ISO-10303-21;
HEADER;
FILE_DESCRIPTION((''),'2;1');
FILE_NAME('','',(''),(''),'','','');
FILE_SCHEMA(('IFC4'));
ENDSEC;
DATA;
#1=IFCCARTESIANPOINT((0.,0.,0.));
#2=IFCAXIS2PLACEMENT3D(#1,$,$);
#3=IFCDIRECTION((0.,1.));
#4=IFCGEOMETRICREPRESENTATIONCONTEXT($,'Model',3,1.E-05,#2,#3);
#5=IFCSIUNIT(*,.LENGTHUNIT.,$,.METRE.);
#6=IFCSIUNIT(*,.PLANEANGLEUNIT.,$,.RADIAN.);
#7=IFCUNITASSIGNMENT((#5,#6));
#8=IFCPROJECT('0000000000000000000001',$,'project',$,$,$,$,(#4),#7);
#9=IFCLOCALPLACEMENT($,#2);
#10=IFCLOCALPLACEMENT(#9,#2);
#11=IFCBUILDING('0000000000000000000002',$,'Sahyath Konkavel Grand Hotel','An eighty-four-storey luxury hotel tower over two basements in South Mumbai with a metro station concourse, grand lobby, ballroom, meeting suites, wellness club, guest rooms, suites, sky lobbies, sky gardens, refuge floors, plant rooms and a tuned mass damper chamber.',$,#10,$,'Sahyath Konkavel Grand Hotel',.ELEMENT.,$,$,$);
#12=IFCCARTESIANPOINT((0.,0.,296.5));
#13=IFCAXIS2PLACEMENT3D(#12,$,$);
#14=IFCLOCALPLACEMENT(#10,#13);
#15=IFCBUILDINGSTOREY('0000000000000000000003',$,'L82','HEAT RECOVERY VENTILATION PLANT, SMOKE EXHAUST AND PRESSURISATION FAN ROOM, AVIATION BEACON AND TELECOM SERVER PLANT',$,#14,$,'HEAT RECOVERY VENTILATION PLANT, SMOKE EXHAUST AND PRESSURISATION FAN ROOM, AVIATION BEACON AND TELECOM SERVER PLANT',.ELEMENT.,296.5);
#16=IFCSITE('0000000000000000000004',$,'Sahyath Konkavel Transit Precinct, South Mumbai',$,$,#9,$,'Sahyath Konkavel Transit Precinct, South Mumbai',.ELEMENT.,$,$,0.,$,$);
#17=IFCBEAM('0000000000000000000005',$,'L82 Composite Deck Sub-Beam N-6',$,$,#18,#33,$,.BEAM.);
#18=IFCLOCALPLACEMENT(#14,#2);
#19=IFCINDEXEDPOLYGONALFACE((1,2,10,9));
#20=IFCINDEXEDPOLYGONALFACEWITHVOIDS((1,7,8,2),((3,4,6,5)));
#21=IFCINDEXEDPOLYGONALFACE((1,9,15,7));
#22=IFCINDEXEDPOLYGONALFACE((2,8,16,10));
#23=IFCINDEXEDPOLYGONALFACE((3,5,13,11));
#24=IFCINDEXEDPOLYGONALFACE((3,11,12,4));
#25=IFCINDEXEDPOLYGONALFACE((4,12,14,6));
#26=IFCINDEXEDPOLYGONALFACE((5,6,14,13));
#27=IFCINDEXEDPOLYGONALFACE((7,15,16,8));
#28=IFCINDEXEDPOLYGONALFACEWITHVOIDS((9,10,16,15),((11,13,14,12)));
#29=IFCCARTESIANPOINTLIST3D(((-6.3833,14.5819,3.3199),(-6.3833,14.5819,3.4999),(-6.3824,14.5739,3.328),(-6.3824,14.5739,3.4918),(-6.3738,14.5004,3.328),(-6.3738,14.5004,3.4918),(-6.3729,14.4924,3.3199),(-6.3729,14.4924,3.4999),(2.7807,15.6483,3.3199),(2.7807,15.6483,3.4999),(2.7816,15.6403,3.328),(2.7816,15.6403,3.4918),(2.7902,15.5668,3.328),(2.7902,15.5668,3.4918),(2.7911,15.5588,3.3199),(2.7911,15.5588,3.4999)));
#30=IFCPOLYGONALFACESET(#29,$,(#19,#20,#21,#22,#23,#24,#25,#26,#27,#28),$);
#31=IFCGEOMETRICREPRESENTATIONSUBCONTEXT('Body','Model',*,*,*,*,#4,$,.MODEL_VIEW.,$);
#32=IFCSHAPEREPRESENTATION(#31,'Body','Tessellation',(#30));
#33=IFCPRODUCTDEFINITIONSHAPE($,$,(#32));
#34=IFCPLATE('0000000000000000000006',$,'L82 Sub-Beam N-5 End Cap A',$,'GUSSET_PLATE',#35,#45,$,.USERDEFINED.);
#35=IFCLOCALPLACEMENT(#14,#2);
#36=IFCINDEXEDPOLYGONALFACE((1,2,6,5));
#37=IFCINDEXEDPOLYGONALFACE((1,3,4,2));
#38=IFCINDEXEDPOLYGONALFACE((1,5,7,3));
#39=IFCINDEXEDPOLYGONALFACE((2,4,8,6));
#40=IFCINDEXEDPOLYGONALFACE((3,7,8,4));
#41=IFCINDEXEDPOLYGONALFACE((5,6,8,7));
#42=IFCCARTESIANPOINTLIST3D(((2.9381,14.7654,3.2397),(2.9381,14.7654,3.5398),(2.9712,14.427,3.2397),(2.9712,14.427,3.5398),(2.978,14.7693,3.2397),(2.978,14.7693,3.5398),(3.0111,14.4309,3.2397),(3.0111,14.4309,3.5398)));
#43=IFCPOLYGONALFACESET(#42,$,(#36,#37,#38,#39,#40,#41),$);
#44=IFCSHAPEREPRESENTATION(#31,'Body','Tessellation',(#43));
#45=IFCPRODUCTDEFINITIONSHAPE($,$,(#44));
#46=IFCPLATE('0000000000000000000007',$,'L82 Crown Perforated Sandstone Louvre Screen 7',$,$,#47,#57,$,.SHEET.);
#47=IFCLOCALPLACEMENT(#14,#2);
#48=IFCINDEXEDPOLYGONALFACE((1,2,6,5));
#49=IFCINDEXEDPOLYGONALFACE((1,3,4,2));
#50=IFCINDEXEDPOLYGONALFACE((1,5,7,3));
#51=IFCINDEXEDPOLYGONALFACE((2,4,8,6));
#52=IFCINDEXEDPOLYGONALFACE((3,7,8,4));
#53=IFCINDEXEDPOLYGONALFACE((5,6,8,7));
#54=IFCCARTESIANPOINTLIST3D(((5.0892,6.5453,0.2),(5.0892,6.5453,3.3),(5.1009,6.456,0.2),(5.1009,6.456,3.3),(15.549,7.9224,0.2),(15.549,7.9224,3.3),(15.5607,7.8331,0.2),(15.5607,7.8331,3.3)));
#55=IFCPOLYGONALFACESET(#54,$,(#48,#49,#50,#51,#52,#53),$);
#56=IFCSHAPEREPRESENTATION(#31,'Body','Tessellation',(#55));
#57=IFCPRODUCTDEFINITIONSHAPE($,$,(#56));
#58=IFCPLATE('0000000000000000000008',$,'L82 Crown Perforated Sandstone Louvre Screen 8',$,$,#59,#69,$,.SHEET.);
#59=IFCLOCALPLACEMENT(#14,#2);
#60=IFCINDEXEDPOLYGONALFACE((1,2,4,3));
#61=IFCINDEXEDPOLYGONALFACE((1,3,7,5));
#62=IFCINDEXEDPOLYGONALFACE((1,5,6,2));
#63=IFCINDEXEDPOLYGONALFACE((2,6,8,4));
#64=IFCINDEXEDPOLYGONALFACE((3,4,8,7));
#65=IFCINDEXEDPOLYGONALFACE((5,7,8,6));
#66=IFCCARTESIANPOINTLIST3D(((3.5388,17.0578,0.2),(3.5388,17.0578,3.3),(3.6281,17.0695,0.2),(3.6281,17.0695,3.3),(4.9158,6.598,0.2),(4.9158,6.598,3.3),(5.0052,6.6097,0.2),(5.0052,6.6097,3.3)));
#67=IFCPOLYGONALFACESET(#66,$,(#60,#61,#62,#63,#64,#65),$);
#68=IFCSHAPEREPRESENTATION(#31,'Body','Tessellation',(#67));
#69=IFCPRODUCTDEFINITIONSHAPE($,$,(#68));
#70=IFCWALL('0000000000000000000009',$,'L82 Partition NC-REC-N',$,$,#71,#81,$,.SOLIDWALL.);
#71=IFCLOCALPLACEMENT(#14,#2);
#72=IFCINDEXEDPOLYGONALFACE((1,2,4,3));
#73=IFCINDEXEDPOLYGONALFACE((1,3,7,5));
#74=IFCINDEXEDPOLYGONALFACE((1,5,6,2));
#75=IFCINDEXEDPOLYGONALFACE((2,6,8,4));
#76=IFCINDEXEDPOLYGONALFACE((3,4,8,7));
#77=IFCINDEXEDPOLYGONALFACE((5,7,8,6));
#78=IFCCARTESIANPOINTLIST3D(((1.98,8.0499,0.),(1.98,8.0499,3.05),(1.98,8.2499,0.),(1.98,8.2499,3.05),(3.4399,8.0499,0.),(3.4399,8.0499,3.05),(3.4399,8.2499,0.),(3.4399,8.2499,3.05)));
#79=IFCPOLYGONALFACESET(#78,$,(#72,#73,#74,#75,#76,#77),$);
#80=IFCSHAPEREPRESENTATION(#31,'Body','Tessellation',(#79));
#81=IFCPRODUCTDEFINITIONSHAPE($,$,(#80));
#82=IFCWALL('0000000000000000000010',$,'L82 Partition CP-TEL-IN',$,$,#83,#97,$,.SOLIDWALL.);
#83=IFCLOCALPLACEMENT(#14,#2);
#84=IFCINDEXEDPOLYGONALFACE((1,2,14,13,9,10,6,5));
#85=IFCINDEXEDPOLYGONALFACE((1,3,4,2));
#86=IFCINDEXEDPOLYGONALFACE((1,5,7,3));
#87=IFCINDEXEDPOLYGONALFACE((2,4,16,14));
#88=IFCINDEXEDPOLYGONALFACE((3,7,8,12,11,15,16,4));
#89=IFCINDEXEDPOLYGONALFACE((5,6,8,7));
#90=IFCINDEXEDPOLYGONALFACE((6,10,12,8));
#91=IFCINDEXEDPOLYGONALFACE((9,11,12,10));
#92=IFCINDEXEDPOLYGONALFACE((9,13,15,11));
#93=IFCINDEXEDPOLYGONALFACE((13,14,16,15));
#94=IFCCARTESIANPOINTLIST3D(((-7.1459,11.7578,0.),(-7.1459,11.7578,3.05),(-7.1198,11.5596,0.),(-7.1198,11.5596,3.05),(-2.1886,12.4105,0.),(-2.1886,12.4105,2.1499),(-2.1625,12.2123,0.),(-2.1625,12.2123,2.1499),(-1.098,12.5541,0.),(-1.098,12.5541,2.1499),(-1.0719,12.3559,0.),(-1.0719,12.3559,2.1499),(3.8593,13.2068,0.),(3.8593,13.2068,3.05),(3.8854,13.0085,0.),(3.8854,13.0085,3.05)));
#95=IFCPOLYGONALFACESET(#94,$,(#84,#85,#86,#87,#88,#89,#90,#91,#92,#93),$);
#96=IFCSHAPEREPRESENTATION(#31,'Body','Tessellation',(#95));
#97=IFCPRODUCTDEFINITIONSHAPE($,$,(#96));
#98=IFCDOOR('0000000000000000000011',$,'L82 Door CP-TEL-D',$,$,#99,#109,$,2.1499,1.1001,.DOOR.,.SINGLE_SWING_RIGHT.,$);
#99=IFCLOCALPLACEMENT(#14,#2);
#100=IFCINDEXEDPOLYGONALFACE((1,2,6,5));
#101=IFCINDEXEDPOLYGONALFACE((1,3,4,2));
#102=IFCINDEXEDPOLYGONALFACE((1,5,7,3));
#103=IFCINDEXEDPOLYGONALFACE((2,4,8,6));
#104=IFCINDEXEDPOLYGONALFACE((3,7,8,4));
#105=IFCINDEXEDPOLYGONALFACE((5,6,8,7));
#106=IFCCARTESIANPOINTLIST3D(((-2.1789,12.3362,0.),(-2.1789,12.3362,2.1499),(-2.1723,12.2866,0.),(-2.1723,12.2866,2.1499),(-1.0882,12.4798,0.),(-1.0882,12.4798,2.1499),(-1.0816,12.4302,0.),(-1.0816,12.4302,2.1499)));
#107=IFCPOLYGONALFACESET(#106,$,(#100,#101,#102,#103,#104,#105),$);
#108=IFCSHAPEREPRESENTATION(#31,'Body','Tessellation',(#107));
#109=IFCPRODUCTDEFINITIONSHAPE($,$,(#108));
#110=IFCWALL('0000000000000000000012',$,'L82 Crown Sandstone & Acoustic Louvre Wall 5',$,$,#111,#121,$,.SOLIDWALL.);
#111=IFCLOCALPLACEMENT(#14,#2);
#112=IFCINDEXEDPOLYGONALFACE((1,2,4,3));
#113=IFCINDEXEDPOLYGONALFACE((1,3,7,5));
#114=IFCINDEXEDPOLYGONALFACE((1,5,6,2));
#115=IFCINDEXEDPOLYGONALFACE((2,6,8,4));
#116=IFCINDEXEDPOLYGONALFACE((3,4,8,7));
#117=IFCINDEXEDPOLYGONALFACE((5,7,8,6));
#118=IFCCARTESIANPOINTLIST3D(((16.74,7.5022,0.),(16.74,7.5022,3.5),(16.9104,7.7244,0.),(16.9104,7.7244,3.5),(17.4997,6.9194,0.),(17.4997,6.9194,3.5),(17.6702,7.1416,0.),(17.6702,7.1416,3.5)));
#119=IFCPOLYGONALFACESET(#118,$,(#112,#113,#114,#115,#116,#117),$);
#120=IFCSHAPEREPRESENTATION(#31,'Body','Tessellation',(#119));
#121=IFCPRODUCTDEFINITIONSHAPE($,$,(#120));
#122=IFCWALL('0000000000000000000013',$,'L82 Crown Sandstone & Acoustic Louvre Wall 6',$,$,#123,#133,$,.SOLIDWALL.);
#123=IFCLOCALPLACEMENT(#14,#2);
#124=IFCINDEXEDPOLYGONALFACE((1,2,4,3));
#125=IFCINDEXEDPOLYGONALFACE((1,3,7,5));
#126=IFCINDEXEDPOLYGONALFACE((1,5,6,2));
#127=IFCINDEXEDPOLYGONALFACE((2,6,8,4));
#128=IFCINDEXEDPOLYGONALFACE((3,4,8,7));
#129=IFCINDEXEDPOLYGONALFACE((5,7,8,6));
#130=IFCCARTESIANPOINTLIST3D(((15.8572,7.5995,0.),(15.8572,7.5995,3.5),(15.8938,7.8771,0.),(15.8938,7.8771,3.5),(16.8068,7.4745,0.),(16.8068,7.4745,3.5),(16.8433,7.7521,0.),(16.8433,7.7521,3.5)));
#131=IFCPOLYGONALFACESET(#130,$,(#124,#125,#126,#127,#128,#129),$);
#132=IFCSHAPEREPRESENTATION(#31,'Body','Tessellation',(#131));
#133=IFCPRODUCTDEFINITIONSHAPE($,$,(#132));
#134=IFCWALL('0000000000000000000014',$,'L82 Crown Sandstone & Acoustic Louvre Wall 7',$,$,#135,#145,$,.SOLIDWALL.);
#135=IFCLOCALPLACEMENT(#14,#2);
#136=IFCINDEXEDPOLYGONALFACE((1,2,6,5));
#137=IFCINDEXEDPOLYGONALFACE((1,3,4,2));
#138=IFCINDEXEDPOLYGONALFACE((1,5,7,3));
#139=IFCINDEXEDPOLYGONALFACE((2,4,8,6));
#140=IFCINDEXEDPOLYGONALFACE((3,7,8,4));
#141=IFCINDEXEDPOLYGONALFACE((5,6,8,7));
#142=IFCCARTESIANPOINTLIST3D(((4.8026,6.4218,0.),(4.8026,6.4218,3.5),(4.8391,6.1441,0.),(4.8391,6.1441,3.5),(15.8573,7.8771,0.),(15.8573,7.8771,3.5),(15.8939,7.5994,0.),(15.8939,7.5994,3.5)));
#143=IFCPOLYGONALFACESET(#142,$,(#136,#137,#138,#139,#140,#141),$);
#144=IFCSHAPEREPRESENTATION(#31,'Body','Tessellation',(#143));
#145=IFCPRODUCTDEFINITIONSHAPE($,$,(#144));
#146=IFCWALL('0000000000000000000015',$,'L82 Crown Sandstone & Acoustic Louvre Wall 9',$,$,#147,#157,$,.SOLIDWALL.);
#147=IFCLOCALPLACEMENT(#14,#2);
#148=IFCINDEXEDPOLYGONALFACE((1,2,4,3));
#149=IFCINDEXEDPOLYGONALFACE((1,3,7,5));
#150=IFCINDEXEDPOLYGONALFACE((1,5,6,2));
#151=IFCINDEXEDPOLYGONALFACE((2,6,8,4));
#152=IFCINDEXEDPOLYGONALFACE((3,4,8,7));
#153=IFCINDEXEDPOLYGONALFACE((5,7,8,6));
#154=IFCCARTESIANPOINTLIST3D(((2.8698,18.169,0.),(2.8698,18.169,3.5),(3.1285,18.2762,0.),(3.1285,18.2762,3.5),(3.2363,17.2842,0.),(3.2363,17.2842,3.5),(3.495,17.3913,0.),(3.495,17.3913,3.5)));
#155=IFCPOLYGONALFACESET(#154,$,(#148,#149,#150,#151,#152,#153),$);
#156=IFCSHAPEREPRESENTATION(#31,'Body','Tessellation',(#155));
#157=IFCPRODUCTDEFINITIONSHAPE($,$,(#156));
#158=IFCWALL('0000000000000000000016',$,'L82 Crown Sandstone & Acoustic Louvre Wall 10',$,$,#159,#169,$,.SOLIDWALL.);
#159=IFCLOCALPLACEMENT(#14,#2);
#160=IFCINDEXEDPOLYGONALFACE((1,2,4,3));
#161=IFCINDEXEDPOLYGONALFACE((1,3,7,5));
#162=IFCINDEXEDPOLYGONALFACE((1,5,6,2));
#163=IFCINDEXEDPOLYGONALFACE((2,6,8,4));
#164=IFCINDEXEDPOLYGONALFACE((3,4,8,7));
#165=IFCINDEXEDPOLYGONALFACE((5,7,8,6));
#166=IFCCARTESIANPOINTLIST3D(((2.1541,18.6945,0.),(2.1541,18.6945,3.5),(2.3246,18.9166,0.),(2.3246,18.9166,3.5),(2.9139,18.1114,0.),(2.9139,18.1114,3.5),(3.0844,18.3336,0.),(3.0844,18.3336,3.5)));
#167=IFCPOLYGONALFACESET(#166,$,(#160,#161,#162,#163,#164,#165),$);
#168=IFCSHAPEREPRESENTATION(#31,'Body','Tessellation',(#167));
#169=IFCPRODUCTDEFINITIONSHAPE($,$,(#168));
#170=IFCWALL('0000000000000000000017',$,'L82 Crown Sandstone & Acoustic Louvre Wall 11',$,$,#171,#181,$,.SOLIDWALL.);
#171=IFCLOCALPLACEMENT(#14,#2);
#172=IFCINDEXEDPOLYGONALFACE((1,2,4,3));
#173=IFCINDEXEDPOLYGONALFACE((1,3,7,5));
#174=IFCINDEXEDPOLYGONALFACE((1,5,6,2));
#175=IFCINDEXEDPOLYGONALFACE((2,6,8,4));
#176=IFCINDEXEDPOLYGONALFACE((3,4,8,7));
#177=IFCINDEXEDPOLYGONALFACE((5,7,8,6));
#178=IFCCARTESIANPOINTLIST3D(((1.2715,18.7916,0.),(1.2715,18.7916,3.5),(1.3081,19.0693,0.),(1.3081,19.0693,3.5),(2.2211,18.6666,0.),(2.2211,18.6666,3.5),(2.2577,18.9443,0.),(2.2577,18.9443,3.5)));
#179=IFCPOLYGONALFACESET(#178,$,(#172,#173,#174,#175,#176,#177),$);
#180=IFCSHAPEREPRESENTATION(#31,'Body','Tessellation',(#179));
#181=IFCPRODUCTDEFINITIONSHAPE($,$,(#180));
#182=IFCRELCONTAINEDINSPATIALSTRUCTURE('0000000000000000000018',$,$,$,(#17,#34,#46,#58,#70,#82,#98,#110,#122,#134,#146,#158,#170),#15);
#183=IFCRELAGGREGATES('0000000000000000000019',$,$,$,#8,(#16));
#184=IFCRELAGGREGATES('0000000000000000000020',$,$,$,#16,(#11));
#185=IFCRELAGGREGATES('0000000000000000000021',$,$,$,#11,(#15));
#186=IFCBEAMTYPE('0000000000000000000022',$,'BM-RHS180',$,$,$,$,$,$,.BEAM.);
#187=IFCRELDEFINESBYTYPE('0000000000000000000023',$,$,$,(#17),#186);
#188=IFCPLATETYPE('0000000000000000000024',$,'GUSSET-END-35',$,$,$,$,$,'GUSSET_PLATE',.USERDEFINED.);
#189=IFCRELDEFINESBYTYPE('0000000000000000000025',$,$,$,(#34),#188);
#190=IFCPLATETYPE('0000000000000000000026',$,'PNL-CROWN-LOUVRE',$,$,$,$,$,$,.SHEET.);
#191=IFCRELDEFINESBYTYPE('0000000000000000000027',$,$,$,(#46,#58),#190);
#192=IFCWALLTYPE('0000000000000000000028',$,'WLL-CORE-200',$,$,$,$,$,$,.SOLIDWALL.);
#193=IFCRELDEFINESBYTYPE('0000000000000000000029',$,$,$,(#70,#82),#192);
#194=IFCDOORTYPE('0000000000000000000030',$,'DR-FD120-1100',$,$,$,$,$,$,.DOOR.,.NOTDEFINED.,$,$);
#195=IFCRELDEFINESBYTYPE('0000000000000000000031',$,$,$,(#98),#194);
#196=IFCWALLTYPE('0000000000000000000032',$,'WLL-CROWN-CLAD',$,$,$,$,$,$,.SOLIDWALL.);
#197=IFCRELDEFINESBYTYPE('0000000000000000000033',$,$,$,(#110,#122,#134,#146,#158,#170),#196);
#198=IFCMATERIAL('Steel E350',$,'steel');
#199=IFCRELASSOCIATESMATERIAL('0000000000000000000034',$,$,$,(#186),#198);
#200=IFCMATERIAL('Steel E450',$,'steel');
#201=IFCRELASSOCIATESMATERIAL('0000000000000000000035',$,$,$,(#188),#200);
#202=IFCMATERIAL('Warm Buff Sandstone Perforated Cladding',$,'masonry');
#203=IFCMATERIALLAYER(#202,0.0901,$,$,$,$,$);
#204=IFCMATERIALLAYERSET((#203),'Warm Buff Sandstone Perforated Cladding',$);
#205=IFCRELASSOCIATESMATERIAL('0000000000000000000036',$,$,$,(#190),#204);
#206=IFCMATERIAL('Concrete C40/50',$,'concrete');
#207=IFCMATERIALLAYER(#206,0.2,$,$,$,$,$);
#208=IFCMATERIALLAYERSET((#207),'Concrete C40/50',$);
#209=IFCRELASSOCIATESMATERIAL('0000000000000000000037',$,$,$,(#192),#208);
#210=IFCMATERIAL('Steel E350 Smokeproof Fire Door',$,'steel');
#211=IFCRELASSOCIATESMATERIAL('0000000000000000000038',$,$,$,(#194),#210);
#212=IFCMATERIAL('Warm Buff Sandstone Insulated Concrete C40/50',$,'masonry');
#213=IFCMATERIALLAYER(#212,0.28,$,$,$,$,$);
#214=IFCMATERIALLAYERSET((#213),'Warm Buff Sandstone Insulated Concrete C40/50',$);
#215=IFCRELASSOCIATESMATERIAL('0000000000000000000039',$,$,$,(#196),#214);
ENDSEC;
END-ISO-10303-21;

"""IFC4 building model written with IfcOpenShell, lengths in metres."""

from ifc_helpers import new_model, si_unit, direction, frame, frame_2d, origin, origin_2d, place, context, subcontext, project, spatial, rectangle, hollow_rectangle, extrude, source, transform, mapped, material, layer, layer_set, material_profile, profile_set, type_object, element, fill, save


model = new_model("IFC4")

# Units and contexts
model_context = context("Model", 3, precision=1e-05, world=origin(), true_north=direction((0.0, 1.0)))
body_context = subcontext(model_context, "Body", "Model", "MODEL_VIEW")
ifc_project = project(units=[si_unit("LENGTHUNIT", "METRE"), si_unit("PLANEANGLEUNIT", "RADIAN")], contexts=[model_context])

# Site, building, storey
site_placement = place(None, origin())
site = spatial("IfcSite", under=ifc_project, at=site_placement, Name="Sahyath Konkavel Transit Precinct, South Mumbai", LongName="Sahyath Konkavel Transit Precinct, South Mumbai", CompositionType="ELEMENT", RefElevation=0.0)
building_placement = place(site_placement, origin())
building = spatial("IfcBuilding", under=site, at=building_placement, Name="Sahyath Konkavel Grand Hotel", Description="An eighty-four-storey luxury hotel tower over two basements in South Mumbai with a metro station concourse, grand lobby, ballroom, meeting suites, wellness club, guest rooms, suites, sky lobbies, sky gardens, refuge floors, plant rooms and a tuned mass damper chamber.", LongName="Sahyath Konkavel Grand Hotel", CompositionType="ELEMENT")
storey_placement = place(building_placement, frame((0.0, 0.0, 296.5)))
storey = spatial("IfcBuildingStorey", under=building, at=storey_placement, Name="L82", Description="HEAT RECOVERY VENTILATION PLANT, SMOKE EXHAUST AND PRESSURISATION FAN ROOM, AVIATION BEACON AND TELECOM SERVER PLANT", LongName="HEAT RECOVERY VENTILATION PLANT, SMOKE EXHAUST AND PRESSURISATION FAN ROOM, AVIATION BEACON AND TELECOM SERVER PLANT", CompositionType="ELEMENT", Elevation=296.5)

# Shared definitions
ifc_material_1 = material(Name="Concrete C40/50", Category="concrete")

# Beam
ifc_material_2 = material(Name="Steel E350", Category="steel")
ifc_material_profile_1 = material_profile(ifc_material_2, hollow_rectangle(XDim=0.0901, YDim=0.1799, WallThickness=0.0081, at=origin_2d()), Name="RHS 180x90x8")
ifc_profile_set_1 = profile_set([ifc_material_profile_1], Name="Steel E350")
beam_type_1 = type_object("IfcBeamType", Name="BM-RHS180", PredefinedType="BEAM", material=ifc_profile_set_1)
shared_shape_1 = source(origin(), body_context, "Body", "SweptSolid", [
    extrude(hollow_rectangle(XDim=0.0901, YDim=0.1799, WallThickness=0.0081, at=origin_2d()), origin(), (0.0, 0.0, 1.0), 9.2258),
])
beam_1_placement = place(storey_placement, frame((2.7859, 15.6035, 3.4099), z_axis=(-0.993297, -0.115588, 0.0), x_axis=(0.115588, -0.993297, 0.0)))
element("IfcBeam", 1, at=beam_1_placement, inside=storey, type_object=beam_type_1, Name="L82 Composite Deck Sub-Beam N-6", PredefinedType="BEAM", context=body_context, shape_type="MappedRepresentation", body=[
    mapped(shared_shape_1, transform((0.0, 0.0, 0.0), scale=1.0)),
])

# Plates
ifc_material_3 = material(Name="Steel E450", Category="steel")
plate_type_1 = type_object("IfcPlateType", Name="GUSSET-END-35", ElementType="GUSSET_PLATE", PredefinedType="USERDEFINED", material=ifc_material_3)
shared_shape_2 = source(origin(), body_context, "Body", "SweptSolid", [
    extrude(rectangle(XDim=0.04, YDim=0.3401, at=origin_2d()), origin(), (0.0, 0.0, 1.0), 0.3),
])
plate_placement = place(storey_placement, frame((2.9746, 14.5981, 3.2397), z_axis=(0.0, 0.0, 1.0), x_axis=(-0.99525, -0.097357, 0.0)))
element("IfcPlate", 2, at=plate_placement, inside=storey, type_object=plate_type_1, Name="L82 Sub-Beam N-5 End Cap A", ObjectType="GUSSET_PLATE", PredefinedType="USERDEFINED", context=body_context, shape_type="MappedRepresentation", body=[
    mapped(shared_shape_2, transform((0.0, 0.0, 0.0), scale=1.0)),
])
ifc_material_4 = material(Name="Warm Buff Sandstone Perforated Cladding", Category="masonry")
ifc_layer_1 = layer(ifc_material_4, 0.0901)
ifc_layer_set_1 = layer_set([ifc_layer_1], Name="Warm Buff Sandstone Perforated Cladding")
plate_type_2 = type_object("IfcPlateType", Name="PNL-CROWN-LOUVRE", PredefinedType="SHEET", material=ifc_layer_set_1)
shared_shape_3 = source(origin(), body_context, "Body", "SweptSolid", [
    extrude(rectangle(XDim=10.55, YDim=0.0901, at=origin_2d()), origin(), (0.0, 0.0, 1.0), 3.1001),
])
for number, where, z_axis, x_axis, name in (
    (3, (10.325, 7.1892, 0.2), (0.0, 0.0, 1.0), (-0.991445, -0.130526, 0.0), "L82 Crown Perforated Sandstone Louvre Screen 7"),
    (4, (4.272, 11.8337, 0.2), (0.0, 0.0, 1.0), (-0.130526, 0.991445, 0.0), "L82 Crown Perforated Sandstone Louvre Screen 8"),
):
    element("IfcPlate", number, at=place(storey_placement, frame(where, z_axis=z_axis, x_axis=x_axis)), inside=storey, type_object=plate_type_2, Name=name, PredefinedType="SHEET", context=body_context, shape_type="MappedRepresentation", body=[
        mapped(shared_shape_3, transform((0.0, 0.0, 0.0), scale=1.0)),
    ])

# Wall
ifc_layer_2 = layer(ifc_material_1, 0.2)
ifc_layer_set_2 = layer_set([ifc_layer_2], Name="Concrete C40/50")
wall_type_1 = type_object("IfcWallType", Name="WLL-CORE-200", PredefinedType="SOLIDWALL", material=ifc_layer_set_2)
wall_1_placement = place(storey_placement, frame((1.98, 8.1499, 0.0), z_axis=(0.0, 0.0, 1.0), x_axis=(1.0, 0.0, 0.0)))
element("IfcWall", 5, at=wall_1_placement, inside=storey, type_object=wall_type_1, Name="L82 Partition NC-REC-N", PredefinedType="SOLIDWALL", context=body_context, shape_type="SweptSolid", body=[
    extrude(rectangle(XDim=1.46, YDim=0.2, at=frame_2d((0.73, 0.0))), origin(), (0.0, 0.0, 1.0), 3.05),
])

# Wall, opening, door
wall_2_placement = place(storey_placement, frame((3.8723, 13.1077, 0.0), z_axis=(0.0, 0.0, 1.0), x_axis=(-0.991443, -0.130537, 0.0)))
wall_2 = element("IfcWall", 6, at=wall_2_placement, inside=storey, type_object=wall_type_1, Name="L82 Partition CP-TEL-IN", PredefinedType="SOLIDWALL", context=body_context, shape_type="SweptSolid", body=[
    extrude(rectangle(XDim=11.1001, YDim=0.2, at=frame_2d((5.55, 0.0))), origin(), (0.0, 0.0, 1.0), 3.05),
])
opening_placement = place(wall_2_placement, frame((5.0, 0.0, 0.0)))
opening = element("IfcOpeningElement", 7, at=opening_placement, cuts=wall_2, PredefinedType="OPENING", context=body_context, shape_type="SweptSolid", body=[
    extrude(rectangle(XDim=1.1001, YDim=2.1499, at=frame_2d((0.55, 1.075))), frame((0.0, 0.1099, 0.0), z_axis=(0.0, -1.0, 0.0), x_axis=(1.0, 0.0, 0.0)), (0.0, 0.0, 1.0), 0.22),
])
ifc_material_5 = material(Name="Steel E350 Smokeproof Fire Door", Category="steel")
door_type = type_object("IfcDoorType", Name="DR-FD120-1100", OperationType="NOTDEFINED", PredefinedType="DOOR", material=ifc_material_5)
shared_shape_4 = source(origin(), body_context, "Body", "SweptSolid", [
    extrude(rectangle(XDim=1.1001, YDim=0.05, at=origin_2d()), origin(), (0.0, 0.0, 1.0), 2.1499),
])
door_placement = place(opening_placement, frame((0.55, 0.0, 0.0)))
door = element("IfcDoor", 8, at=door_placement, inside=storey, type_object=door_type, Name="L82 Door CP-TEL-D", OperationType="SINGLE_SWING_RIGHT", OverallHeight=2.1499, OverallWidth=1.1001, PredefinedType="DOOR", context=body_context, shape_type="MappedRepresentation", body=[
    mapped(shared_shape_4, transform((0.0, 0.0, 0.0), scale=1.0)),
])
fill(opening, door)

# Walls
ifc_material_6 = material(Name="Warm Buff Sandstone Insulated Concrete C40/50", Category="masonry")
ifc_layer_3 = layer(ifc_material_6, 0.28)
ifc_layer_set_3 = layer_set([ifc_layer_3], Name="Warm Buff Sandstone Insulated Concrete C40/50")
wall_type_2 = type_object("IfcWallType", Name="WLL-CROWN-CLAD", PredefinedType="SOLIDWALL", material=ifc_layer_set_3)
wall_3_placement = place(storey_placement, frame((17.585, 7.0305, 0.0), z_axis=(0.0, 0.0, 1.0), x_axis=(-0.793467, 0.608614, 0.0)))
element("IfcWall", 9, at=wall_3_placement, inside=storey, type_object=wall_type_2, Name="L82 Crown Sandstone & Acoustic Louvre Wall 5", PredefinedType="SOLIDWALL", context=body_context, shape_type="SweptSolid", body=[
    extrude(rectangle(XDim=0.9575, YDim=0.28, at=frame_2d((0.4788, 0.0))), origin(), (0.0, 0.0, 1.0), 3.5),
])
wall_4_placement = place(storey_placement, frame((16.8252, 7.6133, 0.0), z_axis=(0.0, 0.0, 1.0), x_axis=(-0.991445, 0.130527, 0.0)))
element("IfcWall", 10, at=wall_4_placement, inside=storey, type_object=wall_type_2, Name="L82 Crown Sandstone & Acoustic Louvre Wall 6", PredefinedType="SOLIDWALL", context=body_context, shape_type="SweptSolid", body=[
    extrude(rectangle(XDim=0.9578, YDim=0.28, at=frame_2d((0.479, 0.0))), origin(), (0.0, 0.0, 1.0), 3.5),
])
wall_5_placement = place(storey_placement, frame((15.8757, 7.7383, 0.0), z_axis=(0.0, 0.0, 1.0), x_axis=(-0.991445, -0.130521, 0.0)))
element("IfcWall", 11, at=wall_5_placement, inside=storey, type_object=wall_type_2, Name="L82 Crown Sandstone & Acoustic Louvre Wall 7", PredefinedType="SOLIDWALL", context=body_context, shape_type="SweptSolid", body=[
    extrude(rectangle(XDim=11.1501, YDim=0.28, at=frame_2d((5.5752, 0.0))), origin(), (0.0, 0.0, 1.0), 3.5),
])
for number, where, z_axis, x_axis, name in (
    (12, (3.3657, 17.3376, 0.0), (0.0, 0.0, 1.0), (-0.38266, 0.923889, 0.0), "L82 Crown Sandstone & Acoustic Louvre Wall 9"),
    (13, (2.9993, 18.2224, 0.0), (0.0, 0.0, 1.0), (-0.793344, 0.608774, 0.0), "L82 Crown Sandstone & Acoustic Louvre Wall 10"),
    (14, (2.2395, 18.8054, 0.0), (0.0, 0.0, 1.0), (-0.991445, 0.130527, 0.0), "L82 Crown Sandstone & Acoustic Louvre Wall 11"),
):
    element("IfcWall", number, at=place(storey_placement, frame(where, z_axis=z_axis, x_axis=x_axis)), inside=storey, type_object=wall_type_2, Name=name, PredefinedType="SOLIDWALL", context=body_context, shape_type="SweptSolid", body=[
        extrude(rectangle(XDim=0.9578, YDim=0.28, at=frame_2d((0.479, 0.0))), origin(), (0.0, 0.0, 1.0), 3.5),
    ])

save(model, "model.ifc")
